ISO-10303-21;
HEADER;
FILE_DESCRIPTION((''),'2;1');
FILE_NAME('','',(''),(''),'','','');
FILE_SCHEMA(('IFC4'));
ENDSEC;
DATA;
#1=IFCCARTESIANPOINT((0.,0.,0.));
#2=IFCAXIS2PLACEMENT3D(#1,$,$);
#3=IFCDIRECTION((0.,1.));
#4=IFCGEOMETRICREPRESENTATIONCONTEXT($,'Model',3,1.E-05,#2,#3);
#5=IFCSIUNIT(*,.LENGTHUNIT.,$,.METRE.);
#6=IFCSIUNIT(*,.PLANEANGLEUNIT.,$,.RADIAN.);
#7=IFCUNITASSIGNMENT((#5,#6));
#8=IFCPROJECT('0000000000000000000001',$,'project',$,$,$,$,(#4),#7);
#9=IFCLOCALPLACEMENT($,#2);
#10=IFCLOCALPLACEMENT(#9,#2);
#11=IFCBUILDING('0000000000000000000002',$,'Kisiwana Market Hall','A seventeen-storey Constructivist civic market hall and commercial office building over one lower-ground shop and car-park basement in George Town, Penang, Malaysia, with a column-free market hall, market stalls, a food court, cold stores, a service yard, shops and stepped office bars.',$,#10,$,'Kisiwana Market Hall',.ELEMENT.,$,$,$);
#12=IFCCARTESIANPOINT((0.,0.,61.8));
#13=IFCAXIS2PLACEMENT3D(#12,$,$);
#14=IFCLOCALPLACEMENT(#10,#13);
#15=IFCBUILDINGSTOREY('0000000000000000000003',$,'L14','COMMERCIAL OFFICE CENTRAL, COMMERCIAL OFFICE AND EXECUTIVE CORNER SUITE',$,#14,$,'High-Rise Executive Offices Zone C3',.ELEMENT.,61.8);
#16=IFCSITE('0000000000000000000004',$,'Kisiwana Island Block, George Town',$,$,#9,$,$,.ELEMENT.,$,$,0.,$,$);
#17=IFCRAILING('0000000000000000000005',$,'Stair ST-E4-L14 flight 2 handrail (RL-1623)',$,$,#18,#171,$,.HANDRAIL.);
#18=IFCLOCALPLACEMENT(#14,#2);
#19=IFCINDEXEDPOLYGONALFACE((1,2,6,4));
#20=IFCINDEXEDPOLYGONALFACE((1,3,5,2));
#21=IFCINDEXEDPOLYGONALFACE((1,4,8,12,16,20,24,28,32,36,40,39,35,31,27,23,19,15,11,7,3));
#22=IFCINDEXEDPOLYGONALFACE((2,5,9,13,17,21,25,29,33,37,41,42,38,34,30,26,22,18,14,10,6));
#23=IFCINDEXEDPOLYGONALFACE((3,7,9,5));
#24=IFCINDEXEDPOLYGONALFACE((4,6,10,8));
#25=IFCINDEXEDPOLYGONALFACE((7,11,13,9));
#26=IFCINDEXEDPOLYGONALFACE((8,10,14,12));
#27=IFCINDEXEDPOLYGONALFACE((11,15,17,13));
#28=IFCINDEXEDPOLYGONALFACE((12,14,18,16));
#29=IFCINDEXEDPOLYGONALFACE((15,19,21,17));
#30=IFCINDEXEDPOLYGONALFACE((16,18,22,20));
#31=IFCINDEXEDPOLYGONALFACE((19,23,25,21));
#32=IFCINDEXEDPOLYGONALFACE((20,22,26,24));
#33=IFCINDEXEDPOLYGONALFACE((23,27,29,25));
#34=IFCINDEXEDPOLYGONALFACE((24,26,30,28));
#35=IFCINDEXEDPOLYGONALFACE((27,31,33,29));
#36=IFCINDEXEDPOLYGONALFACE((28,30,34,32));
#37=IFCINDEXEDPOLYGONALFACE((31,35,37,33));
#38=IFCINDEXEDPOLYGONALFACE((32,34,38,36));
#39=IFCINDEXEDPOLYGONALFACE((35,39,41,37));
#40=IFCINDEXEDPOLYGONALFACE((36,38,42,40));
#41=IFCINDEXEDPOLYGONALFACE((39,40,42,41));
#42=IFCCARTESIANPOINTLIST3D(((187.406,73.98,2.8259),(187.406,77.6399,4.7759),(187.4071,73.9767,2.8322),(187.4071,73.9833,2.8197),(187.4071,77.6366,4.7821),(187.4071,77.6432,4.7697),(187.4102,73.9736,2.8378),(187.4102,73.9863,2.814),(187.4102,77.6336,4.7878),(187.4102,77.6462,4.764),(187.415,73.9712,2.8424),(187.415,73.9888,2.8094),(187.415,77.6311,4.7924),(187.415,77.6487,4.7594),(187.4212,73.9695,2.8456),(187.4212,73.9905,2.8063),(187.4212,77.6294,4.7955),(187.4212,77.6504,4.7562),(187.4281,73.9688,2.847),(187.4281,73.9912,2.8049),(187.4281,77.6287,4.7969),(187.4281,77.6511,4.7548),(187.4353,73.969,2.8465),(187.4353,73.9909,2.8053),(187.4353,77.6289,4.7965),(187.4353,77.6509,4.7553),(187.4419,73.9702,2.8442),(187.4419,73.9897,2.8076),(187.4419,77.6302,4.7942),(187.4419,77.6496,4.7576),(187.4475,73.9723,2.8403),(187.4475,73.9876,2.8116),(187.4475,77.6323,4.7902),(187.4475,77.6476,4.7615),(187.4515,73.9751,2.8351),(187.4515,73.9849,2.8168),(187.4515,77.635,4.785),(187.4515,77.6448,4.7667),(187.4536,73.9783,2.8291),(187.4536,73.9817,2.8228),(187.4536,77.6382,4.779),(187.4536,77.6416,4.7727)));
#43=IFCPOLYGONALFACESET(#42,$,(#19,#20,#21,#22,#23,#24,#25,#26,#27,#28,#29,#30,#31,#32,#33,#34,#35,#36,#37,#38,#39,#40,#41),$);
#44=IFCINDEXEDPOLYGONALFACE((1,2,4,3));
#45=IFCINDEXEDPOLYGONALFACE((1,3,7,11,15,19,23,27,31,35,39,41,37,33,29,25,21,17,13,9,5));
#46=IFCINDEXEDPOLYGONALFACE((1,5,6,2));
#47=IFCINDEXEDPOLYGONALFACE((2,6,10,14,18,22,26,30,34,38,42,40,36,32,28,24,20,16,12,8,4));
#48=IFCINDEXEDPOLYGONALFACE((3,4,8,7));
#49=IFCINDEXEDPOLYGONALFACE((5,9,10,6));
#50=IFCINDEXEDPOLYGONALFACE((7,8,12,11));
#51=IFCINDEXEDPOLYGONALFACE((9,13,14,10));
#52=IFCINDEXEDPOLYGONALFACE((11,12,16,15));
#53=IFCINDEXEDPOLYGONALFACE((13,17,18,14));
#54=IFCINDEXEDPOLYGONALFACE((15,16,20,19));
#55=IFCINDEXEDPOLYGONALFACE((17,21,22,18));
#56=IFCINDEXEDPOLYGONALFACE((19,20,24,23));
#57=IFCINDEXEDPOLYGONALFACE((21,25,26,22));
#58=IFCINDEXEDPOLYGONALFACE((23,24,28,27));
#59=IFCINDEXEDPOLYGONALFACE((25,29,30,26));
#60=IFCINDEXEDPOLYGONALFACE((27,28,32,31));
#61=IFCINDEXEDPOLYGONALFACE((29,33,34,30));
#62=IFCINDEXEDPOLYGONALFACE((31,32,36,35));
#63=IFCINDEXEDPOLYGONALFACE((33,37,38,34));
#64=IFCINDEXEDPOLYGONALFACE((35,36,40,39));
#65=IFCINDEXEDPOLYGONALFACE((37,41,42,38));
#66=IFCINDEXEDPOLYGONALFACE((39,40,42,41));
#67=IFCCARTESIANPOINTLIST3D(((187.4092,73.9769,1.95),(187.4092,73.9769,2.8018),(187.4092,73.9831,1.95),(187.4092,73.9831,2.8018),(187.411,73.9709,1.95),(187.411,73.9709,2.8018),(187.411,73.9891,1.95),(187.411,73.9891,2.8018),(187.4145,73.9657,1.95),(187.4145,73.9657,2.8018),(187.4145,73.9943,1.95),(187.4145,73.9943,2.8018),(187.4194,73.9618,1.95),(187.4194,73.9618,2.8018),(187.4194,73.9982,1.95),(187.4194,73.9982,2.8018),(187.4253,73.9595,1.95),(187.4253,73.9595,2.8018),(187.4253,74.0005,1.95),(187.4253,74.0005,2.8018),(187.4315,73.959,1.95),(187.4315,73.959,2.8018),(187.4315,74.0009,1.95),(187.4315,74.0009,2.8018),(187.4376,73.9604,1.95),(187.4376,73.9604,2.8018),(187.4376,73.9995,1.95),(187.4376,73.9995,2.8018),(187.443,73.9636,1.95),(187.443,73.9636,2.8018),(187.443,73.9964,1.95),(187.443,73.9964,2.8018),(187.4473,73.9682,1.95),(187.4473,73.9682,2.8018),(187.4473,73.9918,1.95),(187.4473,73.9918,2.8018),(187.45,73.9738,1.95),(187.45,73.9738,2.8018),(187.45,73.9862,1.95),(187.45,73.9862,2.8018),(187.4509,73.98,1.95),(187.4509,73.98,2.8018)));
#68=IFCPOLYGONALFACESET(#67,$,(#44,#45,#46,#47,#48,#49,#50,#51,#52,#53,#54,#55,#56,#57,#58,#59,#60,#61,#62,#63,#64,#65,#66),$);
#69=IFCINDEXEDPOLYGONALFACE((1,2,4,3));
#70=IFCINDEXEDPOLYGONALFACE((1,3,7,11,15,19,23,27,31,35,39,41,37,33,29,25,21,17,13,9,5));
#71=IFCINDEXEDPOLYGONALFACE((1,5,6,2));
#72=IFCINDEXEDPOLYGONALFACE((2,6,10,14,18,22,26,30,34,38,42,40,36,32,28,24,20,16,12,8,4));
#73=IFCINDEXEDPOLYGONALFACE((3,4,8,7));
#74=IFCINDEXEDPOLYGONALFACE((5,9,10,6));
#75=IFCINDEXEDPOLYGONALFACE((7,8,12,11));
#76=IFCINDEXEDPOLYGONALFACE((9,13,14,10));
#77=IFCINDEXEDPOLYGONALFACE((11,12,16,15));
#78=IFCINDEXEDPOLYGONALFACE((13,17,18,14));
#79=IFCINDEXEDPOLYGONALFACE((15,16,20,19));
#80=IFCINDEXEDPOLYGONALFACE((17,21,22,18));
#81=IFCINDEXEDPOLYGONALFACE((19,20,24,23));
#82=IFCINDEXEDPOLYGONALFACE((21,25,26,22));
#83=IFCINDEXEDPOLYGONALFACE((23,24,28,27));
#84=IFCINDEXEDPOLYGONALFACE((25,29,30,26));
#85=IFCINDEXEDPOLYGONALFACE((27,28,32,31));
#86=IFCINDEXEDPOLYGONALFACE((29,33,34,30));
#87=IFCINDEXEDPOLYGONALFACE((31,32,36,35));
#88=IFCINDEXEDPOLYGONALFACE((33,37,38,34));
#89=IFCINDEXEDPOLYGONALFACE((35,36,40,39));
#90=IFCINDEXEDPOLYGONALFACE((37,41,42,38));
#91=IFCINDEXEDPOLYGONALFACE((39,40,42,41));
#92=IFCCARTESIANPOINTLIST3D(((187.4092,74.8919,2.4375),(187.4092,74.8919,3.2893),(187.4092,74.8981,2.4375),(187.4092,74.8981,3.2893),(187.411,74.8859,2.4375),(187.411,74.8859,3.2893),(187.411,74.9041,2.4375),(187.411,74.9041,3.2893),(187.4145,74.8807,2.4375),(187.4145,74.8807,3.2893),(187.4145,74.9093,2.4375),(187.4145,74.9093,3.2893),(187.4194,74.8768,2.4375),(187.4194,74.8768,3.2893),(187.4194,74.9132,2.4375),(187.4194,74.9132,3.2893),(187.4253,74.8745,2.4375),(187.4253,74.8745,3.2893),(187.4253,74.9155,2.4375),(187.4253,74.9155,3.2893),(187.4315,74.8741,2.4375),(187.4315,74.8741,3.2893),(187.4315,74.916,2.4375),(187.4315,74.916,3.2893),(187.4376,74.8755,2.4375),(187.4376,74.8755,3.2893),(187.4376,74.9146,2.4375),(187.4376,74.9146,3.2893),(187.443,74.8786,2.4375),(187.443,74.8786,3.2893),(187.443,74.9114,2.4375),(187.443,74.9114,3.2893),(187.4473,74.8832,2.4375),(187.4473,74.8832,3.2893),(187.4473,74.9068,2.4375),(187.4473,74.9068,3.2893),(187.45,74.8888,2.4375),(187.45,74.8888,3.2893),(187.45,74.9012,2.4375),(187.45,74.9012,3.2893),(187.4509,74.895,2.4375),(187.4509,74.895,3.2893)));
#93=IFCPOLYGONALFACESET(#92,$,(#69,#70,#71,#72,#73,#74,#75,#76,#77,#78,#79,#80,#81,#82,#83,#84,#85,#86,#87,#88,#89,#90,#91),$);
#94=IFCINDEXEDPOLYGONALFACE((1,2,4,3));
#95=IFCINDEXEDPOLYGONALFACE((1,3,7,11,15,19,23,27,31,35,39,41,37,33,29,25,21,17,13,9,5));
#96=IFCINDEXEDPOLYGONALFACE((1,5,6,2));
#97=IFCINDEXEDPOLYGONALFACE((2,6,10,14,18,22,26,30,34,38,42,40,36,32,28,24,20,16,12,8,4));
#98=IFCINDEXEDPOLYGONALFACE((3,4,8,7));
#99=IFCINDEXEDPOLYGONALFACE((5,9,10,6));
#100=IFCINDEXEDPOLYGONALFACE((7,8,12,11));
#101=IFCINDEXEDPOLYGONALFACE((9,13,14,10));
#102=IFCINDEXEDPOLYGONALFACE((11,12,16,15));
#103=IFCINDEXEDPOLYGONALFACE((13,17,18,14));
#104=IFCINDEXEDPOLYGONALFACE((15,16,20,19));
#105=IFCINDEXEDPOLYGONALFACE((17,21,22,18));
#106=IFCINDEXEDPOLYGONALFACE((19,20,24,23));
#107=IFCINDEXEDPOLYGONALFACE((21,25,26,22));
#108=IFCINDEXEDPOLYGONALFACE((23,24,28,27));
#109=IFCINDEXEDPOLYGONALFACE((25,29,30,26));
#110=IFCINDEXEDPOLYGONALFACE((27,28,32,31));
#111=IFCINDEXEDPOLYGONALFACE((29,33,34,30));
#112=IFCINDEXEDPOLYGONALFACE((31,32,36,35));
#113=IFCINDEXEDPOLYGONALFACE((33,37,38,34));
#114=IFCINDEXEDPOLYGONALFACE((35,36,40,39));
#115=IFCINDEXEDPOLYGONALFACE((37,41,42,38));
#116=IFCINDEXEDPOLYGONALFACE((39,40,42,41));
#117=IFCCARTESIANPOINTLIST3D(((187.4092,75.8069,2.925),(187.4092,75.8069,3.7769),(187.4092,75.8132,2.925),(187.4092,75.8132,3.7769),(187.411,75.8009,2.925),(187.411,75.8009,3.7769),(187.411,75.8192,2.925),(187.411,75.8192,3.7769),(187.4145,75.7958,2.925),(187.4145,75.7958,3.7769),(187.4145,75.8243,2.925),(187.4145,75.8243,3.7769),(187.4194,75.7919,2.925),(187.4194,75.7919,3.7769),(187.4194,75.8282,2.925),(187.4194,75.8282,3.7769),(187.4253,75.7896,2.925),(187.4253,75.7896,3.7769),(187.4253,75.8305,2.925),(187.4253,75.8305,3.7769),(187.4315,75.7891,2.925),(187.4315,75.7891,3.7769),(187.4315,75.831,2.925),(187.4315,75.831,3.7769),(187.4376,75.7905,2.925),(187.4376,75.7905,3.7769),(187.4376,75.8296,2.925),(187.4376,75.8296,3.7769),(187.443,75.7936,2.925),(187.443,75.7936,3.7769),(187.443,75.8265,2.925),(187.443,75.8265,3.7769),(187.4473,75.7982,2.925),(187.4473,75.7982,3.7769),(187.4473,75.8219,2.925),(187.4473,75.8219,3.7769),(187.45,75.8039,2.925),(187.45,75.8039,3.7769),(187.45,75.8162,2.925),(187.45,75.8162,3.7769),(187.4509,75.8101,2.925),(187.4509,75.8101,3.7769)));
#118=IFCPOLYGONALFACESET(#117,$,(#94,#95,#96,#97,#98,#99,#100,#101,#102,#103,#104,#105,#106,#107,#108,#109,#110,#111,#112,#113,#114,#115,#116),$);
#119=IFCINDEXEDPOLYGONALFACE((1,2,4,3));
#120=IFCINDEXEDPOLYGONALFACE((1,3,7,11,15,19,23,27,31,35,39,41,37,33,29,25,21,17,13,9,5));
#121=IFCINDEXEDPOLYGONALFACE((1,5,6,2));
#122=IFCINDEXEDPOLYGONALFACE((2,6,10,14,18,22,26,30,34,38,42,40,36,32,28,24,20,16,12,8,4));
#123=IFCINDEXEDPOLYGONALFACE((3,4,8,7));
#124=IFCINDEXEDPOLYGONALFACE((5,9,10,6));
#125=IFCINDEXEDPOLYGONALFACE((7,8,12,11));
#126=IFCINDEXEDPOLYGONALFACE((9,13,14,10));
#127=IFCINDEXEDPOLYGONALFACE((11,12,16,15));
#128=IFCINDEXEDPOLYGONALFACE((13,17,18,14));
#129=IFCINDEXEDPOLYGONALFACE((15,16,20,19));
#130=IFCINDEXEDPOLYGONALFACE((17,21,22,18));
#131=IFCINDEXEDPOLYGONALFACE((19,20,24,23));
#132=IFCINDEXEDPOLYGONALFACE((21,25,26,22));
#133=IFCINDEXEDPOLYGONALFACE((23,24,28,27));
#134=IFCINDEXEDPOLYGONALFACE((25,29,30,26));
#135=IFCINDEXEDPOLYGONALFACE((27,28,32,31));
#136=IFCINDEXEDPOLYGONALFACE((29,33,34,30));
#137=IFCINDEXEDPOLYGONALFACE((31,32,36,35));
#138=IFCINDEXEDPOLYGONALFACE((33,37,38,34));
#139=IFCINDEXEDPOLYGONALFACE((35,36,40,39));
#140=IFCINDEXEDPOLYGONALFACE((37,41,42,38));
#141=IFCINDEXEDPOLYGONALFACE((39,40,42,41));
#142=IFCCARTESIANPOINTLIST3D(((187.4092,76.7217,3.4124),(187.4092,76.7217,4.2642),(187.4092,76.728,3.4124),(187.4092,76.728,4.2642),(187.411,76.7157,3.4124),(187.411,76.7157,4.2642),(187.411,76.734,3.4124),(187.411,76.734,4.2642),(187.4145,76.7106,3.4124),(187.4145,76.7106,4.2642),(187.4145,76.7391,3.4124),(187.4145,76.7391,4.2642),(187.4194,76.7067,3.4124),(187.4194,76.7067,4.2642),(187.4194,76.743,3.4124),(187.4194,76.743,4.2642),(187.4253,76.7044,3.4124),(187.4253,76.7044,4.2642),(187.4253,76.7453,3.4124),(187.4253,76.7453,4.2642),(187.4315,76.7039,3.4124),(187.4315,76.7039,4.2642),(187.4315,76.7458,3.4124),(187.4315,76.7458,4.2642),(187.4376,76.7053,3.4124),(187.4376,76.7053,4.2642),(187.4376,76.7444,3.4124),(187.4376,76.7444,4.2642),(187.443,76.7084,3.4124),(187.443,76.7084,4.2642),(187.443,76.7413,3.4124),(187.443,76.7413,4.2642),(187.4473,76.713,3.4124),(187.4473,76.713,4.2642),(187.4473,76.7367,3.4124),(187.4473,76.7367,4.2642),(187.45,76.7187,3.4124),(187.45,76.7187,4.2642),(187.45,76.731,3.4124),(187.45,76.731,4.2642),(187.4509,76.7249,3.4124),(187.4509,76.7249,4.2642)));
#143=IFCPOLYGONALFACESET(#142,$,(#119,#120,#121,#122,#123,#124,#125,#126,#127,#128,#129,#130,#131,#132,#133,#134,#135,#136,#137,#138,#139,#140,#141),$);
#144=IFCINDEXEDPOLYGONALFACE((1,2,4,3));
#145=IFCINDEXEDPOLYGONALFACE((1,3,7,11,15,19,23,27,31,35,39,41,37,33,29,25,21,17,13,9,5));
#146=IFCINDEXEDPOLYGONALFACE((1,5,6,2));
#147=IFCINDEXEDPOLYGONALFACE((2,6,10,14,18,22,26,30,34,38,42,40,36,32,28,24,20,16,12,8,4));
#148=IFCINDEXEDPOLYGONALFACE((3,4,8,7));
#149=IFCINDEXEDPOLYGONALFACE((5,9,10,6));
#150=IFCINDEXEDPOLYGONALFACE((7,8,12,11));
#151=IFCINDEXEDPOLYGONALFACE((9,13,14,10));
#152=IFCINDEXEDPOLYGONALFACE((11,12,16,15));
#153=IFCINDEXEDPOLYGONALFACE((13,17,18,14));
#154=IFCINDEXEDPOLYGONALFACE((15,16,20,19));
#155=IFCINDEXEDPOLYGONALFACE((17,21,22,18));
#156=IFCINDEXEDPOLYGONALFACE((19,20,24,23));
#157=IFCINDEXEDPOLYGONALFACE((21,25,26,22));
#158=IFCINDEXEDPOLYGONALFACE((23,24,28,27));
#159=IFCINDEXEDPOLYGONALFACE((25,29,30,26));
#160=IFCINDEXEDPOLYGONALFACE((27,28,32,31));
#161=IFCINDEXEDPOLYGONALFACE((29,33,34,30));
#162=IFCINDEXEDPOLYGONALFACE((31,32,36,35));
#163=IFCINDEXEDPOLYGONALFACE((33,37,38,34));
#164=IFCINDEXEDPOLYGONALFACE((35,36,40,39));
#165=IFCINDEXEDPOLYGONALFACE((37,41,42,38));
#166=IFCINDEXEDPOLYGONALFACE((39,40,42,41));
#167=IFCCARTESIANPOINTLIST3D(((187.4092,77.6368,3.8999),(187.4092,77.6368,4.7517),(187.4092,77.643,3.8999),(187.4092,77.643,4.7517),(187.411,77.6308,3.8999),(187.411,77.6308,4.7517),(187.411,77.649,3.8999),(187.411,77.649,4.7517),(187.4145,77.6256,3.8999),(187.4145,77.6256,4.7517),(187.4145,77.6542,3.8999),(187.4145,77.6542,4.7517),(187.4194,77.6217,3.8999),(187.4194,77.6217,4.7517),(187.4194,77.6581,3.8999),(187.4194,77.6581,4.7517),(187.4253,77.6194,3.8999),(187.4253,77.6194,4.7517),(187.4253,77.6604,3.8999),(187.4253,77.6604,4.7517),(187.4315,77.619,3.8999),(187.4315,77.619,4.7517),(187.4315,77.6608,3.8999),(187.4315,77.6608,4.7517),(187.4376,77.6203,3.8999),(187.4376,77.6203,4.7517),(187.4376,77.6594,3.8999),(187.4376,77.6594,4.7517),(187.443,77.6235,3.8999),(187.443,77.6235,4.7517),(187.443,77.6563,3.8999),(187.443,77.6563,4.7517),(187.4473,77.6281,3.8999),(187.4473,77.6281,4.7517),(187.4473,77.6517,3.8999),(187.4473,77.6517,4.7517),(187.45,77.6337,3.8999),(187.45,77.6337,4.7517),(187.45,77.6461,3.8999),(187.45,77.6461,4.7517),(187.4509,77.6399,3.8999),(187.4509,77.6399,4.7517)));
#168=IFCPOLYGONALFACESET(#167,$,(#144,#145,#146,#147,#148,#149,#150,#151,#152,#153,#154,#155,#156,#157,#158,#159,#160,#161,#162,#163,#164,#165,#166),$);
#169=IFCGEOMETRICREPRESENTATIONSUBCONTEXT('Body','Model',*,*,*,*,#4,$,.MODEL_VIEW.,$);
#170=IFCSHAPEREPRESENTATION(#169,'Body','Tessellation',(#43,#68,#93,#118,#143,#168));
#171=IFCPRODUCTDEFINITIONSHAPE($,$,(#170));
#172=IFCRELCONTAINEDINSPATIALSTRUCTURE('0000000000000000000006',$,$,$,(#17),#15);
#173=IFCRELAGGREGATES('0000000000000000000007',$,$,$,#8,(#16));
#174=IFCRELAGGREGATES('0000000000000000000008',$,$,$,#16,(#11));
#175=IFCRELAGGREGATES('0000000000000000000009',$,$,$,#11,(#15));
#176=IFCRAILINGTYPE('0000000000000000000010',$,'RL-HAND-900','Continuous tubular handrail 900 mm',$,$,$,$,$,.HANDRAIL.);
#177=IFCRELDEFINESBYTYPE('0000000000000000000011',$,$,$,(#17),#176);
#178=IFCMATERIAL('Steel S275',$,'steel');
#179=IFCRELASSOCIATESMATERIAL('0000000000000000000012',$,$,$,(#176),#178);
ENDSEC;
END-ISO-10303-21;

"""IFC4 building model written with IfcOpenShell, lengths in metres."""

from ifc_helpers import new_model, si_unit, direction, frame, origin, origin_2d, place, context, subcontext, project, spatial, circle, extrude, material, type_object, element, save


model = new_model("IFC4")

# Units and contexts
model_context = context("Model", 3, precision=1e-05, world=origin(), true_north=direction((0.0, 1.0)))
body_context = subcontext(model_context, "Body", "Model", "MODEL_VIEW")
ifc_project = project(units=[si_unit("LENGTHUNIT", "METRE"), si_unit("PLANEANGLEUNIT", "RADIAN")], contexts=[model_context])

# Site, building, storey
site_placement = place(None, origin())
site = spatial("IfcSite", under=ifc_project, at=site_placement, Name="Kisiwana Island Block, George Town", CompositionType="ELEMENT", RefElevation=0.0)
building_placement = place(site_placement, origin())
building = spatial("IfcBuilding", under=site, at=building_placement, Name="Kisiwana Market Hall", Description="A seventeen-storey Constructivist civic market hall and commercial office building over one lower-ground shop and car-park basement in George Town, Penang, Malaysia, with a column-free market hall, market stalls, a food court, cold stores, a service yard, shops and stepped office bars.", LongName="Kisiwana Market Hall", CompositionType="ELEMENT")
storey_placement = place(building_placement, frame((0.0, 0.0, 61.8)))
storey = spatial("IfcBuildingStorey", under=building, at=storey_placement, Name="L14", Description="COMMERCIAL OFFICE CENTRAL, COMMERCIAL OFFICE AND EXECUTIVE CORNER SUITE", LongName="High-Rise Executive Offices Zone C3", CompositionType="ELEMENT", Elevation=61.8)

# Railing
ifc_material_1 = material(Name="Steel S275", Category="steel")
railing_type_1 = type_object("IfcRailingType", Name="RL-HAND-900", Description="Continuous tubular handrail 900 mm", PredefinedType="HANDRAIL", material=ifc_material_1)
railing_1_placement = place(storey_placement, frame((187.4299, 73.98, 1.95)))
element("IfcRailing", 1, at=railing_1_placement, inside=storey, type_object=railing_type_1, Name="Stair ST-E4-L14 flight 2 handrail (RL-1623)", PredefinedType="HANDRAIL", context=body_context, shape_type="SweptSolid", body=[
    extrude(circle(Radius=0.0239, at=origin_2d()), frame((0.0, 0.0, 0.876), z_axis=(0.0, 0.882553, 0.470212), x_axis=(-1.0, 0.0, 0.0)), (0.0, 0.0, 1.0), 4.147),
    extrude(circle(Radius=0.021, at=origin_2d()), origin(), (0.0, 0.0, 1.0), 0.8518),
    extrude(circle(Radius=0.021, at=origin_2d()), frame((0.0, 0.915, 0.4875)), (0.0, 0.0, 1.0), 0.8518),
    extrude(circle(Radius=0.021, at=origin_2d()), frame((0.0, 1.8301, 0.9751)), (0.0, 0.0, 1.0), 0.8518),
    extrude(circle(Radius=0.021, at=origin_2d()), frame((0.0, 2.7449, 1.4624)), (0.0, 0.0, 1.0), 0.8518),
    extrude(circle(Radius=0.021, at=origin_2d()), frame((0.0, 3.6599, 1.95)), (0.0, 0.0, 1.0), 0.8518),
])

save(model, "model.ifc")
